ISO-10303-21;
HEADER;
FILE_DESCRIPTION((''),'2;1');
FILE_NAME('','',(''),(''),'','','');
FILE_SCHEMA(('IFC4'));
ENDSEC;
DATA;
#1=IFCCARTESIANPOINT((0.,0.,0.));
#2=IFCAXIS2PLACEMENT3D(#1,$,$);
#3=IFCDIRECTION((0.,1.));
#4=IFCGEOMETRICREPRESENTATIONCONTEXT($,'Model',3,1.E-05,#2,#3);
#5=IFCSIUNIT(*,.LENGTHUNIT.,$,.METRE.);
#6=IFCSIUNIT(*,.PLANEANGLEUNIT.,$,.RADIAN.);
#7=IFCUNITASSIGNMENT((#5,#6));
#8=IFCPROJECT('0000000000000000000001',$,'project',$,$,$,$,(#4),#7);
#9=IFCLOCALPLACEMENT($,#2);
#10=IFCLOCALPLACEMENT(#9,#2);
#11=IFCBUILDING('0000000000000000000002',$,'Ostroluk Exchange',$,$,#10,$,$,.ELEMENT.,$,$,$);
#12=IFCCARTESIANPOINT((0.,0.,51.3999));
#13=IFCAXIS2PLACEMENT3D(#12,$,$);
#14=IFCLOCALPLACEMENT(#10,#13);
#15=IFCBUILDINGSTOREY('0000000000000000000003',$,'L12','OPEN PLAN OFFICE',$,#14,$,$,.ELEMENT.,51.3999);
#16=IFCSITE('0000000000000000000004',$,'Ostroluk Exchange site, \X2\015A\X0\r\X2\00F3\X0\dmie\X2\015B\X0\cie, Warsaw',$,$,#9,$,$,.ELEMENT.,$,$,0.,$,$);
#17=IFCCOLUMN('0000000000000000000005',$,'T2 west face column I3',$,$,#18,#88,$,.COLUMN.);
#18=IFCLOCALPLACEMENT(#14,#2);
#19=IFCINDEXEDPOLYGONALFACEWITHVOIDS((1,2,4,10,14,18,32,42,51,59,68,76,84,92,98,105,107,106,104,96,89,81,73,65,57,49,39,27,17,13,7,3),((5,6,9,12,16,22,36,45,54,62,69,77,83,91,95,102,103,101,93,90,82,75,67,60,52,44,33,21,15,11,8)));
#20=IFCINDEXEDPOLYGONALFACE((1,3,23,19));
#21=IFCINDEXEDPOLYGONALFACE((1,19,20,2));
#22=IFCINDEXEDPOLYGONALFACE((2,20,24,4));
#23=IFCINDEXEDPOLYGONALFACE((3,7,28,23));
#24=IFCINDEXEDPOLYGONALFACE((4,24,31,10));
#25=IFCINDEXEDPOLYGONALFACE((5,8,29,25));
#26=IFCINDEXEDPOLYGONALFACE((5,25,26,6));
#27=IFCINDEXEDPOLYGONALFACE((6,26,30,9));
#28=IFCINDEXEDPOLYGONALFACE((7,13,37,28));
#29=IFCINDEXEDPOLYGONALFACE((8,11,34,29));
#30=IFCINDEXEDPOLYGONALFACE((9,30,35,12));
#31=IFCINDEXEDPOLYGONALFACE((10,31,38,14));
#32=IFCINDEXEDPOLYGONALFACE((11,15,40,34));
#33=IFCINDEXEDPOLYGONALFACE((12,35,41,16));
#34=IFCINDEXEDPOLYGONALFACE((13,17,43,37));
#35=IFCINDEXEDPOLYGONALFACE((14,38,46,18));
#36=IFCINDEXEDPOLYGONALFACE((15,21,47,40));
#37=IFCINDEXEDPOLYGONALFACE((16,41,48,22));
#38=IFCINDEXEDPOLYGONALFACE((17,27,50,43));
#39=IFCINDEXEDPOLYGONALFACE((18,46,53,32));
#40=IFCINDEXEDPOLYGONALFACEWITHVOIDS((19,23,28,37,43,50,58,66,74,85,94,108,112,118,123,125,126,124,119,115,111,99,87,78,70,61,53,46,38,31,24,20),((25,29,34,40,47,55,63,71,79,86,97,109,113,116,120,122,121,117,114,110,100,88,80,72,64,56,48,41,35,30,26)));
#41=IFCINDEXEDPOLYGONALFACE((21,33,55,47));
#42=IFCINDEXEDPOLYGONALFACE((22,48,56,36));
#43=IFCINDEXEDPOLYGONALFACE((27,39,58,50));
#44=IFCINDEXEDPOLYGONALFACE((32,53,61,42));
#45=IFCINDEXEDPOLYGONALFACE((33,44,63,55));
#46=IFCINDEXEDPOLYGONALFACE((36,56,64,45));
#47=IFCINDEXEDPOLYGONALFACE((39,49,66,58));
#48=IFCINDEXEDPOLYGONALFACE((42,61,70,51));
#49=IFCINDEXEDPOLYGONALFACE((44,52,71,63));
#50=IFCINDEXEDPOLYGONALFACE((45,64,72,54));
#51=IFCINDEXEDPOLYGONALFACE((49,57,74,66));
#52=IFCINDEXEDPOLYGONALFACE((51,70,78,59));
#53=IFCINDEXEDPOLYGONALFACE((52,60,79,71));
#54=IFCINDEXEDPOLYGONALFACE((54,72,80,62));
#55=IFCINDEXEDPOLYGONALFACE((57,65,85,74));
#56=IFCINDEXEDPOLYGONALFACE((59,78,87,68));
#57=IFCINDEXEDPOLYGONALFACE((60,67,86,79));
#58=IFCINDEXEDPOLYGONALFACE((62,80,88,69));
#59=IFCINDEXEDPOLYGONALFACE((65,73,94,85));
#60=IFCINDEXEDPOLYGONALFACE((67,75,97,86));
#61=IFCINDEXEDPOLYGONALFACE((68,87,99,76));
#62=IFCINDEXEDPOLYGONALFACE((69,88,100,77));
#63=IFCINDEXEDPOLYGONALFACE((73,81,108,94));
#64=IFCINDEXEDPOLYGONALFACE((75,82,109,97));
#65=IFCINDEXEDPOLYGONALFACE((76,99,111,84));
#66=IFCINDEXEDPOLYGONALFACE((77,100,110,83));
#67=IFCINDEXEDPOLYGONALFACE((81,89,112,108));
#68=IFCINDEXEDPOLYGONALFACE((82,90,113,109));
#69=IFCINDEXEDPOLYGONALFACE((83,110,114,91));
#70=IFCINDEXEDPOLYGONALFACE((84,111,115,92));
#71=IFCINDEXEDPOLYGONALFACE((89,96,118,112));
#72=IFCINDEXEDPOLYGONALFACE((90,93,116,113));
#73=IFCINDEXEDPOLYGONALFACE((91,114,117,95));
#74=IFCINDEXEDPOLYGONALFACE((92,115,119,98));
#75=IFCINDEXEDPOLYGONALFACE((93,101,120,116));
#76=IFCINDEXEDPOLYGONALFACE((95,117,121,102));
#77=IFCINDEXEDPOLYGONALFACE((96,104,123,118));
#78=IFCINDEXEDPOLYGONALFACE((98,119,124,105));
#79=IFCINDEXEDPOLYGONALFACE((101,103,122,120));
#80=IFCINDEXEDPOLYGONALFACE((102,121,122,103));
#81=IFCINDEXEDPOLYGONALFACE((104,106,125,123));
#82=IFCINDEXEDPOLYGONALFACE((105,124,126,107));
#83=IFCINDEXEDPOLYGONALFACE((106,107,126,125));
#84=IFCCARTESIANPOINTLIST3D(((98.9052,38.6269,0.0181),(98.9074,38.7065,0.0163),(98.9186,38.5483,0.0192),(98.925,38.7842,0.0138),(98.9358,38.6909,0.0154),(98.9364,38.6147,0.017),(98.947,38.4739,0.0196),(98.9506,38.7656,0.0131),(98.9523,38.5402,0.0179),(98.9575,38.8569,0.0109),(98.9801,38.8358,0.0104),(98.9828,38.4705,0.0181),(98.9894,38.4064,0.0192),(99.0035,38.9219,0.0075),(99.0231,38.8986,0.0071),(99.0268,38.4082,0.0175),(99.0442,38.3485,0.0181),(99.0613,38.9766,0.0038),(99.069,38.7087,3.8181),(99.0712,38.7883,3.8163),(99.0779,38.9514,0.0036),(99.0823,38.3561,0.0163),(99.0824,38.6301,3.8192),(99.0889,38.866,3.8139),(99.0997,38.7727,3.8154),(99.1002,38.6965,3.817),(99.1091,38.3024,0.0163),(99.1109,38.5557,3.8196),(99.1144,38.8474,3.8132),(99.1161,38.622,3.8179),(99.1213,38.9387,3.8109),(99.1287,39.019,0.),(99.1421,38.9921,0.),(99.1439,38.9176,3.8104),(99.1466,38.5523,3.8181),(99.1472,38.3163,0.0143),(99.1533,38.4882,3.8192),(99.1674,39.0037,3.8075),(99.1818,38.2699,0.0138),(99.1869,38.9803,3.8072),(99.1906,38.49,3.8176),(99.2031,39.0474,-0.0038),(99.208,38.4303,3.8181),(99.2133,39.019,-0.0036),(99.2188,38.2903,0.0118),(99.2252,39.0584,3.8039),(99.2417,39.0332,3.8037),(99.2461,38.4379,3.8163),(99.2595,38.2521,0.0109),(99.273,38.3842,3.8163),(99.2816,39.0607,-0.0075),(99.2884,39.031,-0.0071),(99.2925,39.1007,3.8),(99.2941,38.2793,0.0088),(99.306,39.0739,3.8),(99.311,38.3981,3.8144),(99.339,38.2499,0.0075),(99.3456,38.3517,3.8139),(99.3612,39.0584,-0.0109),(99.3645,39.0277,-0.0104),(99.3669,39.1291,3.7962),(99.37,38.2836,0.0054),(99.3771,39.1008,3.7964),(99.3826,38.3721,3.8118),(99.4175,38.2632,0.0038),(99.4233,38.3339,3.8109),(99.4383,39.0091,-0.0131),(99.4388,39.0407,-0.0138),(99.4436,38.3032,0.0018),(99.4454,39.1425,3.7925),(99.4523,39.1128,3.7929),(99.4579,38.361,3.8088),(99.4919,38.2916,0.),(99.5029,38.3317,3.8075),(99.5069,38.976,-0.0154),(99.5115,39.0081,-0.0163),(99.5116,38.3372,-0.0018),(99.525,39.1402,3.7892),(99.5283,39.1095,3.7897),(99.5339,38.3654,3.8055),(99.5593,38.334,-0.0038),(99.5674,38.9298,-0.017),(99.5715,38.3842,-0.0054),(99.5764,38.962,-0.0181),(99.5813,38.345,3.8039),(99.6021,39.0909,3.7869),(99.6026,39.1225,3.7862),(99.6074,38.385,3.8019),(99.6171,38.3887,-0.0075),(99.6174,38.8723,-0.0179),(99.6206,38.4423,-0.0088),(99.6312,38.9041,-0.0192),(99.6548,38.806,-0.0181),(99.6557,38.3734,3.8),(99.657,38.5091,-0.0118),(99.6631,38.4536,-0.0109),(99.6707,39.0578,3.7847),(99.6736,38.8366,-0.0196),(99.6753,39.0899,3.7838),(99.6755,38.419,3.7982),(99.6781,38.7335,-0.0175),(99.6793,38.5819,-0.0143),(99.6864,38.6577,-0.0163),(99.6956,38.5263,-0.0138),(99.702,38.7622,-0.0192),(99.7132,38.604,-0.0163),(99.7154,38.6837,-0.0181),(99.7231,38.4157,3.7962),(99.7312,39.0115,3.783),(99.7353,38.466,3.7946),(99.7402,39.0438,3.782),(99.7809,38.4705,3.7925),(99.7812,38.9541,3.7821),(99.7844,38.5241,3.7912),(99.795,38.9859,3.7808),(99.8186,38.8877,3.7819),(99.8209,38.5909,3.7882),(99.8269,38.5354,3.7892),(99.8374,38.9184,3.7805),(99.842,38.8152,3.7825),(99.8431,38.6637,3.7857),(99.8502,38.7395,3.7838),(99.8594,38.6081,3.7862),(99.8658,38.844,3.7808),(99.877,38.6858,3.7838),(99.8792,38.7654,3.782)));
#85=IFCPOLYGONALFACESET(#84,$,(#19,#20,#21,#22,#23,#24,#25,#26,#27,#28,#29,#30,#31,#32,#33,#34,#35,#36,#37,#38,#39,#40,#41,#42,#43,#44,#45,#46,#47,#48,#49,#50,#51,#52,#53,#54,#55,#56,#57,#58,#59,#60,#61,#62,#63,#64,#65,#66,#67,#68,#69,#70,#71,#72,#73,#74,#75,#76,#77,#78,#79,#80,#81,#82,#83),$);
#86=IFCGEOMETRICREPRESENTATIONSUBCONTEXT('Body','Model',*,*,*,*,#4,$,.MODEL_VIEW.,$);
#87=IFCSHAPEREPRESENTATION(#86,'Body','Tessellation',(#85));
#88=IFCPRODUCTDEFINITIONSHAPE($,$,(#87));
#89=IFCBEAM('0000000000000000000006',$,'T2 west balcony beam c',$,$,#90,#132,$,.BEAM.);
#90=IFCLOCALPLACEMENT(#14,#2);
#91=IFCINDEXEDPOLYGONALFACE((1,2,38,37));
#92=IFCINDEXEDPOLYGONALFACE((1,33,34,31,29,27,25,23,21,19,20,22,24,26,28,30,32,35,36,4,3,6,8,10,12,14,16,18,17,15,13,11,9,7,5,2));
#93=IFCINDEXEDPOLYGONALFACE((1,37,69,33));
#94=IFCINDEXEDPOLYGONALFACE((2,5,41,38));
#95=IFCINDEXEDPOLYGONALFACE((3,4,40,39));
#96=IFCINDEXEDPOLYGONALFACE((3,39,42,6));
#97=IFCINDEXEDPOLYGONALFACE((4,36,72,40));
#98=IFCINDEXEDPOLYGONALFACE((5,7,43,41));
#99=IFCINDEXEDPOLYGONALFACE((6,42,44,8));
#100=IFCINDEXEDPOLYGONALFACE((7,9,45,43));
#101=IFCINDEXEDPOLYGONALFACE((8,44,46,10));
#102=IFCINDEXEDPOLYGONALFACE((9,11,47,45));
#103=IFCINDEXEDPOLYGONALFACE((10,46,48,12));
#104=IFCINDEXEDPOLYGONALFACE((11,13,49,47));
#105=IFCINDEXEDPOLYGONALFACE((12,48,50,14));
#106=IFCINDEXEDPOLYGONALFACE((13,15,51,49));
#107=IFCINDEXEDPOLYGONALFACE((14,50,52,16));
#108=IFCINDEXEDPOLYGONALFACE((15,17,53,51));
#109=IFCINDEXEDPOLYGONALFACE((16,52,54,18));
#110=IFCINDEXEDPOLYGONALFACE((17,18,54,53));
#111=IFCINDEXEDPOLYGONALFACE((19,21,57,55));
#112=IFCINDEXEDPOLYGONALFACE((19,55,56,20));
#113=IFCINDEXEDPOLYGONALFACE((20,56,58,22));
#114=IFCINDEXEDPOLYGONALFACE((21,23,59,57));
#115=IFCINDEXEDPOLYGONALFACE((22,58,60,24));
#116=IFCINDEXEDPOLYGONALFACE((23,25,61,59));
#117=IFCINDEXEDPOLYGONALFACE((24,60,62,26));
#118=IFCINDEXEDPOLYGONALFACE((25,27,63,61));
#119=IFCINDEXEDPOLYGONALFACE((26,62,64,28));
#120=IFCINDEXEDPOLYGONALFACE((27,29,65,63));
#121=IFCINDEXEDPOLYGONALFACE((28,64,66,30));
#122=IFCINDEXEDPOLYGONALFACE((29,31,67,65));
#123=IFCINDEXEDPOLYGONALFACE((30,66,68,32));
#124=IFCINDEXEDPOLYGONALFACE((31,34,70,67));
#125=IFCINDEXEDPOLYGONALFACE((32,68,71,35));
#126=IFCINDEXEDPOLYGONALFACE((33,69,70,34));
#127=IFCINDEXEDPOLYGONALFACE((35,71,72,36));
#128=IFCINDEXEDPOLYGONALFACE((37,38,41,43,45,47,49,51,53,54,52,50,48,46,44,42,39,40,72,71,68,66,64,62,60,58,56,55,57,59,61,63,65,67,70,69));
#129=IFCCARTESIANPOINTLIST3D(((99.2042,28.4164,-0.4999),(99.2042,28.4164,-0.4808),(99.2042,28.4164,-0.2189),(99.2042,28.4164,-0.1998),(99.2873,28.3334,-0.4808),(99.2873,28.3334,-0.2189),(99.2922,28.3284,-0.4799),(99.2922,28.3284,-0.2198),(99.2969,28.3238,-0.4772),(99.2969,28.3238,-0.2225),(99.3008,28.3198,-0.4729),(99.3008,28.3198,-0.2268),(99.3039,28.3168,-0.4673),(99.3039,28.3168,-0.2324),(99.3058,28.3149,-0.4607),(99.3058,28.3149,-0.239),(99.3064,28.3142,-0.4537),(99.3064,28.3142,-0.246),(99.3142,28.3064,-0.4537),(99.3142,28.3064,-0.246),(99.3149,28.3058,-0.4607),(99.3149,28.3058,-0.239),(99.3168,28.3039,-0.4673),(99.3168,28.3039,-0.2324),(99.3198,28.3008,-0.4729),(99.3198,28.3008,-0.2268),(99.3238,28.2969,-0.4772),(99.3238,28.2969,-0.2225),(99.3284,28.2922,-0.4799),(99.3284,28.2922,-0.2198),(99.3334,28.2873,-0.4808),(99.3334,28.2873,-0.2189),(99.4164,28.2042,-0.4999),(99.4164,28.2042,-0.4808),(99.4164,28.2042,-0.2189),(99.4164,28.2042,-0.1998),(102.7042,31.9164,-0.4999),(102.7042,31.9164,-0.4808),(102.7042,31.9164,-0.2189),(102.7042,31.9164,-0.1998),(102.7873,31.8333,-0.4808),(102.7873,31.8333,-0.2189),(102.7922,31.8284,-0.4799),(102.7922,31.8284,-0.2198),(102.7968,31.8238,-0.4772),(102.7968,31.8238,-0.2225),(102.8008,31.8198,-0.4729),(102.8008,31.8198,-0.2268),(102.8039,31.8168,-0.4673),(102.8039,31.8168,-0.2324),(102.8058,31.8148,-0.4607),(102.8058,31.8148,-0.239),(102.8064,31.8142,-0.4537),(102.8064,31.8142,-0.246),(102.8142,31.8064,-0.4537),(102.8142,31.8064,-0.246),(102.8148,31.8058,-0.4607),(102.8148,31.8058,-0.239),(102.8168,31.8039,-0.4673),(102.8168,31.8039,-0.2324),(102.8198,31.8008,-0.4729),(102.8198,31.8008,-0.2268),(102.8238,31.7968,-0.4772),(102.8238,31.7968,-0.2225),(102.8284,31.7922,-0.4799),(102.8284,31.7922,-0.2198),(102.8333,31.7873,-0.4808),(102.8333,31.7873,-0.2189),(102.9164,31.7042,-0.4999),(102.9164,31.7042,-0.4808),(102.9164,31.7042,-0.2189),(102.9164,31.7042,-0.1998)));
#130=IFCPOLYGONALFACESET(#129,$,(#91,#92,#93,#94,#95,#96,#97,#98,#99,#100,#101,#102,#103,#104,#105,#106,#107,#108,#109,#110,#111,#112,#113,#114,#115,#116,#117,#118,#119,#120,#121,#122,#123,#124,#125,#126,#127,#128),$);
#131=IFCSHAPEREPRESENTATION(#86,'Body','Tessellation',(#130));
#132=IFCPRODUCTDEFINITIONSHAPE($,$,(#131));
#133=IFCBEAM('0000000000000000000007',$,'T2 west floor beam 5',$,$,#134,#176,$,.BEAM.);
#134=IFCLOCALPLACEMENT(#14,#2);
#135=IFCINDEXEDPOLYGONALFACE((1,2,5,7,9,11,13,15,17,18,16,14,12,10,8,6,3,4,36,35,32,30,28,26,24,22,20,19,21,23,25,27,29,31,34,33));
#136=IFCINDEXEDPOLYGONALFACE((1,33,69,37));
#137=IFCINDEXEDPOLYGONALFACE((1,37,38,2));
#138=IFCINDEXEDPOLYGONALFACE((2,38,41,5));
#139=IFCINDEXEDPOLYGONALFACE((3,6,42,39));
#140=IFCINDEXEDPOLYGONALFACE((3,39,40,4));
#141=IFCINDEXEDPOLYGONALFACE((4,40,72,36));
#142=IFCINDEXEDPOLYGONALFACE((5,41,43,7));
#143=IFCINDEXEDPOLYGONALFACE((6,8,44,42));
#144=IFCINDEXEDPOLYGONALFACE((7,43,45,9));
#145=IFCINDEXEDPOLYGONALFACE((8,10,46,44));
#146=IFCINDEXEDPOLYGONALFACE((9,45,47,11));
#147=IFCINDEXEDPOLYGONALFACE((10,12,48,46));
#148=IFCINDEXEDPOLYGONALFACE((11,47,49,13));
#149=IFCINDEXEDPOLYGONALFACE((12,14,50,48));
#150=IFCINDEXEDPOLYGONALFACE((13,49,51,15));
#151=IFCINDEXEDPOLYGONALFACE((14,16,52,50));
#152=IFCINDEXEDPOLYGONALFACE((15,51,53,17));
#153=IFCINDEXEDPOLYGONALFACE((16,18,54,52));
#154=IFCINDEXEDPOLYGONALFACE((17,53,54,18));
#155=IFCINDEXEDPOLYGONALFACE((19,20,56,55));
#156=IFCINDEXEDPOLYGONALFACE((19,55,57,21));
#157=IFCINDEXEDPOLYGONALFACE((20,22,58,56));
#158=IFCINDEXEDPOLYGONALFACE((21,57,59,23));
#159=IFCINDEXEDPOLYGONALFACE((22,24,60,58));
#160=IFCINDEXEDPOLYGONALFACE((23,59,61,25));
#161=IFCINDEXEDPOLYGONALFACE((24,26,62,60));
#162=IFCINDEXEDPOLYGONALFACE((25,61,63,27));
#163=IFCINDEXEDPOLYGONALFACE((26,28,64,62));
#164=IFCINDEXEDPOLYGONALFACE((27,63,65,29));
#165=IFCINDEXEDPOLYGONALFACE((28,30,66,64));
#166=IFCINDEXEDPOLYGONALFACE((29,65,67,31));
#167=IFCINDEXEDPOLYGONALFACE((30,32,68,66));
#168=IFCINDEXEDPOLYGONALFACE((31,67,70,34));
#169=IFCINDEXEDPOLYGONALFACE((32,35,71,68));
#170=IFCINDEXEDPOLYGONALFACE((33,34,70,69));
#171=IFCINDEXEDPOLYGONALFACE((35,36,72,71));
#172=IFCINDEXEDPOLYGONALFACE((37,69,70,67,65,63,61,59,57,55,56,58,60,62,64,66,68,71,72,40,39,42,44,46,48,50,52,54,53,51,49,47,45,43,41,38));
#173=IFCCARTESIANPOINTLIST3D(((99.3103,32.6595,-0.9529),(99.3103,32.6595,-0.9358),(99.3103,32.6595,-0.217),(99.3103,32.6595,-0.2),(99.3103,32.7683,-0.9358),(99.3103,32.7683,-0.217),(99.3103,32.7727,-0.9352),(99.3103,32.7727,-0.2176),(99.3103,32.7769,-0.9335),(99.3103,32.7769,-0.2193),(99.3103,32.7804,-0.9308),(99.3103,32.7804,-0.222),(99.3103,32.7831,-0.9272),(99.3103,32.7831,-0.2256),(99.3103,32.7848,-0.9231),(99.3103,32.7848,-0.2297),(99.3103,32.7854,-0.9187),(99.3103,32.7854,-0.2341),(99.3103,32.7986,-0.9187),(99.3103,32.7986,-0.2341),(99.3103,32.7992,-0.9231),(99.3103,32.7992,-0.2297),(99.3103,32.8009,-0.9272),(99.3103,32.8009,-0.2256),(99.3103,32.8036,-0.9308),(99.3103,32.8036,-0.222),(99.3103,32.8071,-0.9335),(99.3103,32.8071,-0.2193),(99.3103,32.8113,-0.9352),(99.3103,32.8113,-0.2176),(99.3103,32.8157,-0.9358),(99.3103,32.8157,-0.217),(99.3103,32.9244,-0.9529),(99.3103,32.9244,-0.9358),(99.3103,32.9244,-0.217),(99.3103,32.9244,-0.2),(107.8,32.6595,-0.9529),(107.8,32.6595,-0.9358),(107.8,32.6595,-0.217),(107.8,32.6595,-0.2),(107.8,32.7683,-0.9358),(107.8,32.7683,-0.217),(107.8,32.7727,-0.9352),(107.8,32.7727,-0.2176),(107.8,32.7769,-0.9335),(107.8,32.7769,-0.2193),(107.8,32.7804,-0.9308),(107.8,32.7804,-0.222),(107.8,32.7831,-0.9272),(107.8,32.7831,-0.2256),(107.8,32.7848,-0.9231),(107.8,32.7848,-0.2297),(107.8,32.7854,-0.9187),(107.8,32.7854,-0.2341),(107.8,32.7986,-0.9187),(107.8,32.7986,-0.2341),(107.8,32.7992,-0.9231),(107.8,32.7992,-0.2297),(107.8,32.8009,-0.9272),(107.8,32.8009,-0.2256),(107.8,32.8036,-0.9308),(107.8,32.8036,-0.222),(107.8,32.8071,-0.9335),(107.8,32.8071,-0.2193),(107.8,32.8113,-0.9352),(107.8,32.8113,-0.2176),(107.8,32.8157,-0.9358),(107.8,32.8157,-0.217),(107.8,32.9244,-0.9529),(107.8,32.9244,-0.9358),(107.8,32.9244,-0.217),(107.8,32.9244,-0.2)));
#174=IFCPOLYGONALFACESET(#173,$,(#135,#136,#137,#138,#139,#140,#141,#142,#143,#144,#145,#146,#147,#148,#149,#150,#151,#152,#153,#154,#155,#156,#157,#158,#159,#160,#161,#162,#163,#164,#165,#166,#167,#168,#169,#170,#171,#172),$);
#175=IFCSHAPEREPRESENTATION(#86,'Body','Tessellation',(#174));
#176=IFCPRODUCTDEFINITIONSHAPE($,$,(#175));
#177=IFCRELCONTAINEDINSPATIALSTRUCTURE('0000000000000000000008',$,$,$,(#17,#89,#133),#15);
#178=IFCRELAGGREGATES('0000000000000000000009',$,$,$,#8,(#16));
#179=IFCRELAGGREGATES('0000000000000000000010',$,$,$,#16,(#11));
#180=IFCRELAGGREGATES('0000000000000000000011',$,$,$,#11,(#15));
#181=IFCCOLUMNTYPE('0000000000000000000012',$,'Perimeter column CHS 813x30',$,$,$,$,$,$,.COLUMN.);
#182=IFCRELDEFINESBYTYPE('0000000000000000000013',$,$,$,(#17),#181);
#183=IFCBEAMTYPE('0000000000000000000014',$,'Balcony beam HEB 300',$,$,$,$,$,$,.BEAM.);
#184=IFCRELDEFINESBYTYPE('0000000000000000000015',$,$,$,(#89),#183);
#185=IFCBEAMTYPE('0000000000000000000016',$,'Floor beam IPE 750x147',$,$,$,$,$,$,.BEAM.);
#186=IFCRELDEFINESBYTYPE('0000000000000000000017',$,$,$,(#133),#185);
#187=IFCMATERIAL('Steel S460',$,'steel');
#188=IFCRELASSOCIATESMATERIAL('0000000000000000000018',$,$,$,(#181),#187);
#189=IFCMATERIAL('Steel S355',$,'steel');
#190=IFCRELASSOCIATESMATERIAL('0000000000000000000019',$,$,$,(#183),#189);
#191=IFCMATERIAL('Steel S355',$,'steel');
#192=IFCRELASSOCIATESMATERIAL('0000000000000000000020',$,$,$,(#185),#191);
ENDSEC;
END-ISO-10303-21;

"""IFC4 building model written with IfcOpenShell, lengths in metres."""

from ifc_helpers import new_model, si_unit, direction, frame, origin, origin_2d, place, context, subcontext, project, spatial, hollow_circle, i_section, extrude, material, material_profile, profile_set, type_object, element, save


model = new_model("IFC4")

# Units and contexts
model_context = context("Model", 3, precision=1e-05, world=origin(), true_north=direction((0.0, 1.0)))
body_context = subcontext(model_context, "Body", "Model", "MODEL_VIEW")
ifc_project = project(units=[si_unit("LENGTHUNIT", "METRE"), si_unit("PLANEANGLEUNIT", "RADIAN")], contexts=[model_context])

# Site, building, storey
site_placement = place(None, origin())
site = spatial("IfcSite", under=ifc_project, at=site_placement, Name="Ostroluk Exchange site, Śródmieście, Warsaw", CompositionType="ELEMENT", RefElevation=0.0)
building_placement = place(site_placement, origin())
building = spatial("IfcBuilding", under=site, at=building_placement, Name="Ostroluk Exchange", CompositionType="ELEMENT")
storey_placement = place(building_placement, frame((0.0, 0.0, 51.3999)))
storey = spatial("IfcBuildingStorey", under=building, at=storey_placement, Name="L12", Description="OPEN PLAN OFFICE", CompositionType="ELEMENT", Elevation=51.3999)

# Column
ifc_material_1 = material(Name="Steel S460", Category="steel")
ifc_material_profile_1 = material_profile(ifc_material_1, hollow_circle(Radius=0.4065, WallThickness=0.03, at=origin_2d()), Name="CHS 813x30")
ifc_profile_set_1 = profile_set([ifc_material_profile_1], Name="Steel S460")
column_type = type_object("IfcColumnType", Name="Perimeter column CHS 813x30", PredefinedType="COLUMN", material=ifc_profile_set_1)
column_placement = place(storey_placement, frame((99.3103, 38.6553, 0.0), z_axis=(0.04306, 0.021498, 0.998841), x_axis=(-0.44668, 0.894694, 0.0)))
element("IfcColumn", 1, at=column_placement, inside=storey, type_object=column_type, Name="T2 west face column I3", PredefinedType="COLUMN", context=body_context, shape_type="SweptSolid", body=[
    extrude(hollow_circle(Radius=0.4065, WallThickness=0.03, at=origin_2d()), origin(), (0.0, 0.0, 1.0), 3.8044),
])

# Beams
ifc_material_2 = material(Name="Steel S355", Category="steel")
ifc_material_profile_2 = material_profile(ifc_material_2, i_section(OverallWidth=0.3, OverallDepth=0.3, WebThickness=0.011, FlangeThickness=0.019, FilletRadius=0.0271, at=origin_2d()), Name="HEB 300")
ifc_profile_set_2 = profile_set([ifc_material_profile_2], Name="Steel S355")
beam_type_1 = type_object("IfcBeamType", Name="Balcony beam HEB 300", PredefinedType="BEAM", material=ifc_profile_set_2)
beam_1_placement = place(storey_placement, frame((102.8103, 31.8103, -0.3499), z_axis=(-0.707107, -0.707107, 0.0), x_axis=(0.707107, -0.707107, 0.0)))
element("IfcBeam", 2, at=beam_1_placement, inside=storey, type_object=beam_type_1, Name="T2 west balcony beam c", PredefinedType="BEAM", context=body_context, shape_type="SweptSolid", body=[
    extrude(i_section(OverallWidth=0.3, OverallDepth=0.3, WebThickness=0.011, FlangeThickness=0.019, FilletRadius=0.0271, at=origin_2d()), origin(), (0.0, 0.0, 1.0), 4.9497),
])
ifc_material_3 = material(Name="Steel S355", Category="steel")
ifc_material_profile_3 = material_profile(ifc_material_3, i_section(OverallWidth=0.2649, OverallDepth=0.7529, WebThickness=0.0132, FlangeThickness=0.0171, FilletRadius=0.0171, at=origin_2d()), Name="IPE 750x147")
ifc_profile_set_3 = profile_set([ifc_material_profile_3], Name="Steel S355")
beam_type_2 = type_object("IfcBeamType", Name="Floor beam IPE 750x147", PredefinedType="BEAM", material=ifc_profile_set_3)
beam_2_placement = place(storey_placement, frame((107.8, 32.792, -0.5764), z_axis=(-1.0, 0.0, 0.0), x_axis=(0.0, -1.0, 0.0)))
element("IfcBeam", 3, at=beam_2_placement, inside=storey, type_object=beam_type_2, Name="T2 west floor beam 5", PredefinedType="BEAM", context=body_context, shape_type="SweptSolid", body=[
    extrude(i_section(OverallWidth=0.2649, OverallDepth=0.7529, WebThickness=0.0132, FlangeThickness=0.0171, FilletRadius=0.0171, at=origin_2d()), origin(), (0.0, 0.0, 1.0), 8.4897),
])

save(model, "model.ifc")
